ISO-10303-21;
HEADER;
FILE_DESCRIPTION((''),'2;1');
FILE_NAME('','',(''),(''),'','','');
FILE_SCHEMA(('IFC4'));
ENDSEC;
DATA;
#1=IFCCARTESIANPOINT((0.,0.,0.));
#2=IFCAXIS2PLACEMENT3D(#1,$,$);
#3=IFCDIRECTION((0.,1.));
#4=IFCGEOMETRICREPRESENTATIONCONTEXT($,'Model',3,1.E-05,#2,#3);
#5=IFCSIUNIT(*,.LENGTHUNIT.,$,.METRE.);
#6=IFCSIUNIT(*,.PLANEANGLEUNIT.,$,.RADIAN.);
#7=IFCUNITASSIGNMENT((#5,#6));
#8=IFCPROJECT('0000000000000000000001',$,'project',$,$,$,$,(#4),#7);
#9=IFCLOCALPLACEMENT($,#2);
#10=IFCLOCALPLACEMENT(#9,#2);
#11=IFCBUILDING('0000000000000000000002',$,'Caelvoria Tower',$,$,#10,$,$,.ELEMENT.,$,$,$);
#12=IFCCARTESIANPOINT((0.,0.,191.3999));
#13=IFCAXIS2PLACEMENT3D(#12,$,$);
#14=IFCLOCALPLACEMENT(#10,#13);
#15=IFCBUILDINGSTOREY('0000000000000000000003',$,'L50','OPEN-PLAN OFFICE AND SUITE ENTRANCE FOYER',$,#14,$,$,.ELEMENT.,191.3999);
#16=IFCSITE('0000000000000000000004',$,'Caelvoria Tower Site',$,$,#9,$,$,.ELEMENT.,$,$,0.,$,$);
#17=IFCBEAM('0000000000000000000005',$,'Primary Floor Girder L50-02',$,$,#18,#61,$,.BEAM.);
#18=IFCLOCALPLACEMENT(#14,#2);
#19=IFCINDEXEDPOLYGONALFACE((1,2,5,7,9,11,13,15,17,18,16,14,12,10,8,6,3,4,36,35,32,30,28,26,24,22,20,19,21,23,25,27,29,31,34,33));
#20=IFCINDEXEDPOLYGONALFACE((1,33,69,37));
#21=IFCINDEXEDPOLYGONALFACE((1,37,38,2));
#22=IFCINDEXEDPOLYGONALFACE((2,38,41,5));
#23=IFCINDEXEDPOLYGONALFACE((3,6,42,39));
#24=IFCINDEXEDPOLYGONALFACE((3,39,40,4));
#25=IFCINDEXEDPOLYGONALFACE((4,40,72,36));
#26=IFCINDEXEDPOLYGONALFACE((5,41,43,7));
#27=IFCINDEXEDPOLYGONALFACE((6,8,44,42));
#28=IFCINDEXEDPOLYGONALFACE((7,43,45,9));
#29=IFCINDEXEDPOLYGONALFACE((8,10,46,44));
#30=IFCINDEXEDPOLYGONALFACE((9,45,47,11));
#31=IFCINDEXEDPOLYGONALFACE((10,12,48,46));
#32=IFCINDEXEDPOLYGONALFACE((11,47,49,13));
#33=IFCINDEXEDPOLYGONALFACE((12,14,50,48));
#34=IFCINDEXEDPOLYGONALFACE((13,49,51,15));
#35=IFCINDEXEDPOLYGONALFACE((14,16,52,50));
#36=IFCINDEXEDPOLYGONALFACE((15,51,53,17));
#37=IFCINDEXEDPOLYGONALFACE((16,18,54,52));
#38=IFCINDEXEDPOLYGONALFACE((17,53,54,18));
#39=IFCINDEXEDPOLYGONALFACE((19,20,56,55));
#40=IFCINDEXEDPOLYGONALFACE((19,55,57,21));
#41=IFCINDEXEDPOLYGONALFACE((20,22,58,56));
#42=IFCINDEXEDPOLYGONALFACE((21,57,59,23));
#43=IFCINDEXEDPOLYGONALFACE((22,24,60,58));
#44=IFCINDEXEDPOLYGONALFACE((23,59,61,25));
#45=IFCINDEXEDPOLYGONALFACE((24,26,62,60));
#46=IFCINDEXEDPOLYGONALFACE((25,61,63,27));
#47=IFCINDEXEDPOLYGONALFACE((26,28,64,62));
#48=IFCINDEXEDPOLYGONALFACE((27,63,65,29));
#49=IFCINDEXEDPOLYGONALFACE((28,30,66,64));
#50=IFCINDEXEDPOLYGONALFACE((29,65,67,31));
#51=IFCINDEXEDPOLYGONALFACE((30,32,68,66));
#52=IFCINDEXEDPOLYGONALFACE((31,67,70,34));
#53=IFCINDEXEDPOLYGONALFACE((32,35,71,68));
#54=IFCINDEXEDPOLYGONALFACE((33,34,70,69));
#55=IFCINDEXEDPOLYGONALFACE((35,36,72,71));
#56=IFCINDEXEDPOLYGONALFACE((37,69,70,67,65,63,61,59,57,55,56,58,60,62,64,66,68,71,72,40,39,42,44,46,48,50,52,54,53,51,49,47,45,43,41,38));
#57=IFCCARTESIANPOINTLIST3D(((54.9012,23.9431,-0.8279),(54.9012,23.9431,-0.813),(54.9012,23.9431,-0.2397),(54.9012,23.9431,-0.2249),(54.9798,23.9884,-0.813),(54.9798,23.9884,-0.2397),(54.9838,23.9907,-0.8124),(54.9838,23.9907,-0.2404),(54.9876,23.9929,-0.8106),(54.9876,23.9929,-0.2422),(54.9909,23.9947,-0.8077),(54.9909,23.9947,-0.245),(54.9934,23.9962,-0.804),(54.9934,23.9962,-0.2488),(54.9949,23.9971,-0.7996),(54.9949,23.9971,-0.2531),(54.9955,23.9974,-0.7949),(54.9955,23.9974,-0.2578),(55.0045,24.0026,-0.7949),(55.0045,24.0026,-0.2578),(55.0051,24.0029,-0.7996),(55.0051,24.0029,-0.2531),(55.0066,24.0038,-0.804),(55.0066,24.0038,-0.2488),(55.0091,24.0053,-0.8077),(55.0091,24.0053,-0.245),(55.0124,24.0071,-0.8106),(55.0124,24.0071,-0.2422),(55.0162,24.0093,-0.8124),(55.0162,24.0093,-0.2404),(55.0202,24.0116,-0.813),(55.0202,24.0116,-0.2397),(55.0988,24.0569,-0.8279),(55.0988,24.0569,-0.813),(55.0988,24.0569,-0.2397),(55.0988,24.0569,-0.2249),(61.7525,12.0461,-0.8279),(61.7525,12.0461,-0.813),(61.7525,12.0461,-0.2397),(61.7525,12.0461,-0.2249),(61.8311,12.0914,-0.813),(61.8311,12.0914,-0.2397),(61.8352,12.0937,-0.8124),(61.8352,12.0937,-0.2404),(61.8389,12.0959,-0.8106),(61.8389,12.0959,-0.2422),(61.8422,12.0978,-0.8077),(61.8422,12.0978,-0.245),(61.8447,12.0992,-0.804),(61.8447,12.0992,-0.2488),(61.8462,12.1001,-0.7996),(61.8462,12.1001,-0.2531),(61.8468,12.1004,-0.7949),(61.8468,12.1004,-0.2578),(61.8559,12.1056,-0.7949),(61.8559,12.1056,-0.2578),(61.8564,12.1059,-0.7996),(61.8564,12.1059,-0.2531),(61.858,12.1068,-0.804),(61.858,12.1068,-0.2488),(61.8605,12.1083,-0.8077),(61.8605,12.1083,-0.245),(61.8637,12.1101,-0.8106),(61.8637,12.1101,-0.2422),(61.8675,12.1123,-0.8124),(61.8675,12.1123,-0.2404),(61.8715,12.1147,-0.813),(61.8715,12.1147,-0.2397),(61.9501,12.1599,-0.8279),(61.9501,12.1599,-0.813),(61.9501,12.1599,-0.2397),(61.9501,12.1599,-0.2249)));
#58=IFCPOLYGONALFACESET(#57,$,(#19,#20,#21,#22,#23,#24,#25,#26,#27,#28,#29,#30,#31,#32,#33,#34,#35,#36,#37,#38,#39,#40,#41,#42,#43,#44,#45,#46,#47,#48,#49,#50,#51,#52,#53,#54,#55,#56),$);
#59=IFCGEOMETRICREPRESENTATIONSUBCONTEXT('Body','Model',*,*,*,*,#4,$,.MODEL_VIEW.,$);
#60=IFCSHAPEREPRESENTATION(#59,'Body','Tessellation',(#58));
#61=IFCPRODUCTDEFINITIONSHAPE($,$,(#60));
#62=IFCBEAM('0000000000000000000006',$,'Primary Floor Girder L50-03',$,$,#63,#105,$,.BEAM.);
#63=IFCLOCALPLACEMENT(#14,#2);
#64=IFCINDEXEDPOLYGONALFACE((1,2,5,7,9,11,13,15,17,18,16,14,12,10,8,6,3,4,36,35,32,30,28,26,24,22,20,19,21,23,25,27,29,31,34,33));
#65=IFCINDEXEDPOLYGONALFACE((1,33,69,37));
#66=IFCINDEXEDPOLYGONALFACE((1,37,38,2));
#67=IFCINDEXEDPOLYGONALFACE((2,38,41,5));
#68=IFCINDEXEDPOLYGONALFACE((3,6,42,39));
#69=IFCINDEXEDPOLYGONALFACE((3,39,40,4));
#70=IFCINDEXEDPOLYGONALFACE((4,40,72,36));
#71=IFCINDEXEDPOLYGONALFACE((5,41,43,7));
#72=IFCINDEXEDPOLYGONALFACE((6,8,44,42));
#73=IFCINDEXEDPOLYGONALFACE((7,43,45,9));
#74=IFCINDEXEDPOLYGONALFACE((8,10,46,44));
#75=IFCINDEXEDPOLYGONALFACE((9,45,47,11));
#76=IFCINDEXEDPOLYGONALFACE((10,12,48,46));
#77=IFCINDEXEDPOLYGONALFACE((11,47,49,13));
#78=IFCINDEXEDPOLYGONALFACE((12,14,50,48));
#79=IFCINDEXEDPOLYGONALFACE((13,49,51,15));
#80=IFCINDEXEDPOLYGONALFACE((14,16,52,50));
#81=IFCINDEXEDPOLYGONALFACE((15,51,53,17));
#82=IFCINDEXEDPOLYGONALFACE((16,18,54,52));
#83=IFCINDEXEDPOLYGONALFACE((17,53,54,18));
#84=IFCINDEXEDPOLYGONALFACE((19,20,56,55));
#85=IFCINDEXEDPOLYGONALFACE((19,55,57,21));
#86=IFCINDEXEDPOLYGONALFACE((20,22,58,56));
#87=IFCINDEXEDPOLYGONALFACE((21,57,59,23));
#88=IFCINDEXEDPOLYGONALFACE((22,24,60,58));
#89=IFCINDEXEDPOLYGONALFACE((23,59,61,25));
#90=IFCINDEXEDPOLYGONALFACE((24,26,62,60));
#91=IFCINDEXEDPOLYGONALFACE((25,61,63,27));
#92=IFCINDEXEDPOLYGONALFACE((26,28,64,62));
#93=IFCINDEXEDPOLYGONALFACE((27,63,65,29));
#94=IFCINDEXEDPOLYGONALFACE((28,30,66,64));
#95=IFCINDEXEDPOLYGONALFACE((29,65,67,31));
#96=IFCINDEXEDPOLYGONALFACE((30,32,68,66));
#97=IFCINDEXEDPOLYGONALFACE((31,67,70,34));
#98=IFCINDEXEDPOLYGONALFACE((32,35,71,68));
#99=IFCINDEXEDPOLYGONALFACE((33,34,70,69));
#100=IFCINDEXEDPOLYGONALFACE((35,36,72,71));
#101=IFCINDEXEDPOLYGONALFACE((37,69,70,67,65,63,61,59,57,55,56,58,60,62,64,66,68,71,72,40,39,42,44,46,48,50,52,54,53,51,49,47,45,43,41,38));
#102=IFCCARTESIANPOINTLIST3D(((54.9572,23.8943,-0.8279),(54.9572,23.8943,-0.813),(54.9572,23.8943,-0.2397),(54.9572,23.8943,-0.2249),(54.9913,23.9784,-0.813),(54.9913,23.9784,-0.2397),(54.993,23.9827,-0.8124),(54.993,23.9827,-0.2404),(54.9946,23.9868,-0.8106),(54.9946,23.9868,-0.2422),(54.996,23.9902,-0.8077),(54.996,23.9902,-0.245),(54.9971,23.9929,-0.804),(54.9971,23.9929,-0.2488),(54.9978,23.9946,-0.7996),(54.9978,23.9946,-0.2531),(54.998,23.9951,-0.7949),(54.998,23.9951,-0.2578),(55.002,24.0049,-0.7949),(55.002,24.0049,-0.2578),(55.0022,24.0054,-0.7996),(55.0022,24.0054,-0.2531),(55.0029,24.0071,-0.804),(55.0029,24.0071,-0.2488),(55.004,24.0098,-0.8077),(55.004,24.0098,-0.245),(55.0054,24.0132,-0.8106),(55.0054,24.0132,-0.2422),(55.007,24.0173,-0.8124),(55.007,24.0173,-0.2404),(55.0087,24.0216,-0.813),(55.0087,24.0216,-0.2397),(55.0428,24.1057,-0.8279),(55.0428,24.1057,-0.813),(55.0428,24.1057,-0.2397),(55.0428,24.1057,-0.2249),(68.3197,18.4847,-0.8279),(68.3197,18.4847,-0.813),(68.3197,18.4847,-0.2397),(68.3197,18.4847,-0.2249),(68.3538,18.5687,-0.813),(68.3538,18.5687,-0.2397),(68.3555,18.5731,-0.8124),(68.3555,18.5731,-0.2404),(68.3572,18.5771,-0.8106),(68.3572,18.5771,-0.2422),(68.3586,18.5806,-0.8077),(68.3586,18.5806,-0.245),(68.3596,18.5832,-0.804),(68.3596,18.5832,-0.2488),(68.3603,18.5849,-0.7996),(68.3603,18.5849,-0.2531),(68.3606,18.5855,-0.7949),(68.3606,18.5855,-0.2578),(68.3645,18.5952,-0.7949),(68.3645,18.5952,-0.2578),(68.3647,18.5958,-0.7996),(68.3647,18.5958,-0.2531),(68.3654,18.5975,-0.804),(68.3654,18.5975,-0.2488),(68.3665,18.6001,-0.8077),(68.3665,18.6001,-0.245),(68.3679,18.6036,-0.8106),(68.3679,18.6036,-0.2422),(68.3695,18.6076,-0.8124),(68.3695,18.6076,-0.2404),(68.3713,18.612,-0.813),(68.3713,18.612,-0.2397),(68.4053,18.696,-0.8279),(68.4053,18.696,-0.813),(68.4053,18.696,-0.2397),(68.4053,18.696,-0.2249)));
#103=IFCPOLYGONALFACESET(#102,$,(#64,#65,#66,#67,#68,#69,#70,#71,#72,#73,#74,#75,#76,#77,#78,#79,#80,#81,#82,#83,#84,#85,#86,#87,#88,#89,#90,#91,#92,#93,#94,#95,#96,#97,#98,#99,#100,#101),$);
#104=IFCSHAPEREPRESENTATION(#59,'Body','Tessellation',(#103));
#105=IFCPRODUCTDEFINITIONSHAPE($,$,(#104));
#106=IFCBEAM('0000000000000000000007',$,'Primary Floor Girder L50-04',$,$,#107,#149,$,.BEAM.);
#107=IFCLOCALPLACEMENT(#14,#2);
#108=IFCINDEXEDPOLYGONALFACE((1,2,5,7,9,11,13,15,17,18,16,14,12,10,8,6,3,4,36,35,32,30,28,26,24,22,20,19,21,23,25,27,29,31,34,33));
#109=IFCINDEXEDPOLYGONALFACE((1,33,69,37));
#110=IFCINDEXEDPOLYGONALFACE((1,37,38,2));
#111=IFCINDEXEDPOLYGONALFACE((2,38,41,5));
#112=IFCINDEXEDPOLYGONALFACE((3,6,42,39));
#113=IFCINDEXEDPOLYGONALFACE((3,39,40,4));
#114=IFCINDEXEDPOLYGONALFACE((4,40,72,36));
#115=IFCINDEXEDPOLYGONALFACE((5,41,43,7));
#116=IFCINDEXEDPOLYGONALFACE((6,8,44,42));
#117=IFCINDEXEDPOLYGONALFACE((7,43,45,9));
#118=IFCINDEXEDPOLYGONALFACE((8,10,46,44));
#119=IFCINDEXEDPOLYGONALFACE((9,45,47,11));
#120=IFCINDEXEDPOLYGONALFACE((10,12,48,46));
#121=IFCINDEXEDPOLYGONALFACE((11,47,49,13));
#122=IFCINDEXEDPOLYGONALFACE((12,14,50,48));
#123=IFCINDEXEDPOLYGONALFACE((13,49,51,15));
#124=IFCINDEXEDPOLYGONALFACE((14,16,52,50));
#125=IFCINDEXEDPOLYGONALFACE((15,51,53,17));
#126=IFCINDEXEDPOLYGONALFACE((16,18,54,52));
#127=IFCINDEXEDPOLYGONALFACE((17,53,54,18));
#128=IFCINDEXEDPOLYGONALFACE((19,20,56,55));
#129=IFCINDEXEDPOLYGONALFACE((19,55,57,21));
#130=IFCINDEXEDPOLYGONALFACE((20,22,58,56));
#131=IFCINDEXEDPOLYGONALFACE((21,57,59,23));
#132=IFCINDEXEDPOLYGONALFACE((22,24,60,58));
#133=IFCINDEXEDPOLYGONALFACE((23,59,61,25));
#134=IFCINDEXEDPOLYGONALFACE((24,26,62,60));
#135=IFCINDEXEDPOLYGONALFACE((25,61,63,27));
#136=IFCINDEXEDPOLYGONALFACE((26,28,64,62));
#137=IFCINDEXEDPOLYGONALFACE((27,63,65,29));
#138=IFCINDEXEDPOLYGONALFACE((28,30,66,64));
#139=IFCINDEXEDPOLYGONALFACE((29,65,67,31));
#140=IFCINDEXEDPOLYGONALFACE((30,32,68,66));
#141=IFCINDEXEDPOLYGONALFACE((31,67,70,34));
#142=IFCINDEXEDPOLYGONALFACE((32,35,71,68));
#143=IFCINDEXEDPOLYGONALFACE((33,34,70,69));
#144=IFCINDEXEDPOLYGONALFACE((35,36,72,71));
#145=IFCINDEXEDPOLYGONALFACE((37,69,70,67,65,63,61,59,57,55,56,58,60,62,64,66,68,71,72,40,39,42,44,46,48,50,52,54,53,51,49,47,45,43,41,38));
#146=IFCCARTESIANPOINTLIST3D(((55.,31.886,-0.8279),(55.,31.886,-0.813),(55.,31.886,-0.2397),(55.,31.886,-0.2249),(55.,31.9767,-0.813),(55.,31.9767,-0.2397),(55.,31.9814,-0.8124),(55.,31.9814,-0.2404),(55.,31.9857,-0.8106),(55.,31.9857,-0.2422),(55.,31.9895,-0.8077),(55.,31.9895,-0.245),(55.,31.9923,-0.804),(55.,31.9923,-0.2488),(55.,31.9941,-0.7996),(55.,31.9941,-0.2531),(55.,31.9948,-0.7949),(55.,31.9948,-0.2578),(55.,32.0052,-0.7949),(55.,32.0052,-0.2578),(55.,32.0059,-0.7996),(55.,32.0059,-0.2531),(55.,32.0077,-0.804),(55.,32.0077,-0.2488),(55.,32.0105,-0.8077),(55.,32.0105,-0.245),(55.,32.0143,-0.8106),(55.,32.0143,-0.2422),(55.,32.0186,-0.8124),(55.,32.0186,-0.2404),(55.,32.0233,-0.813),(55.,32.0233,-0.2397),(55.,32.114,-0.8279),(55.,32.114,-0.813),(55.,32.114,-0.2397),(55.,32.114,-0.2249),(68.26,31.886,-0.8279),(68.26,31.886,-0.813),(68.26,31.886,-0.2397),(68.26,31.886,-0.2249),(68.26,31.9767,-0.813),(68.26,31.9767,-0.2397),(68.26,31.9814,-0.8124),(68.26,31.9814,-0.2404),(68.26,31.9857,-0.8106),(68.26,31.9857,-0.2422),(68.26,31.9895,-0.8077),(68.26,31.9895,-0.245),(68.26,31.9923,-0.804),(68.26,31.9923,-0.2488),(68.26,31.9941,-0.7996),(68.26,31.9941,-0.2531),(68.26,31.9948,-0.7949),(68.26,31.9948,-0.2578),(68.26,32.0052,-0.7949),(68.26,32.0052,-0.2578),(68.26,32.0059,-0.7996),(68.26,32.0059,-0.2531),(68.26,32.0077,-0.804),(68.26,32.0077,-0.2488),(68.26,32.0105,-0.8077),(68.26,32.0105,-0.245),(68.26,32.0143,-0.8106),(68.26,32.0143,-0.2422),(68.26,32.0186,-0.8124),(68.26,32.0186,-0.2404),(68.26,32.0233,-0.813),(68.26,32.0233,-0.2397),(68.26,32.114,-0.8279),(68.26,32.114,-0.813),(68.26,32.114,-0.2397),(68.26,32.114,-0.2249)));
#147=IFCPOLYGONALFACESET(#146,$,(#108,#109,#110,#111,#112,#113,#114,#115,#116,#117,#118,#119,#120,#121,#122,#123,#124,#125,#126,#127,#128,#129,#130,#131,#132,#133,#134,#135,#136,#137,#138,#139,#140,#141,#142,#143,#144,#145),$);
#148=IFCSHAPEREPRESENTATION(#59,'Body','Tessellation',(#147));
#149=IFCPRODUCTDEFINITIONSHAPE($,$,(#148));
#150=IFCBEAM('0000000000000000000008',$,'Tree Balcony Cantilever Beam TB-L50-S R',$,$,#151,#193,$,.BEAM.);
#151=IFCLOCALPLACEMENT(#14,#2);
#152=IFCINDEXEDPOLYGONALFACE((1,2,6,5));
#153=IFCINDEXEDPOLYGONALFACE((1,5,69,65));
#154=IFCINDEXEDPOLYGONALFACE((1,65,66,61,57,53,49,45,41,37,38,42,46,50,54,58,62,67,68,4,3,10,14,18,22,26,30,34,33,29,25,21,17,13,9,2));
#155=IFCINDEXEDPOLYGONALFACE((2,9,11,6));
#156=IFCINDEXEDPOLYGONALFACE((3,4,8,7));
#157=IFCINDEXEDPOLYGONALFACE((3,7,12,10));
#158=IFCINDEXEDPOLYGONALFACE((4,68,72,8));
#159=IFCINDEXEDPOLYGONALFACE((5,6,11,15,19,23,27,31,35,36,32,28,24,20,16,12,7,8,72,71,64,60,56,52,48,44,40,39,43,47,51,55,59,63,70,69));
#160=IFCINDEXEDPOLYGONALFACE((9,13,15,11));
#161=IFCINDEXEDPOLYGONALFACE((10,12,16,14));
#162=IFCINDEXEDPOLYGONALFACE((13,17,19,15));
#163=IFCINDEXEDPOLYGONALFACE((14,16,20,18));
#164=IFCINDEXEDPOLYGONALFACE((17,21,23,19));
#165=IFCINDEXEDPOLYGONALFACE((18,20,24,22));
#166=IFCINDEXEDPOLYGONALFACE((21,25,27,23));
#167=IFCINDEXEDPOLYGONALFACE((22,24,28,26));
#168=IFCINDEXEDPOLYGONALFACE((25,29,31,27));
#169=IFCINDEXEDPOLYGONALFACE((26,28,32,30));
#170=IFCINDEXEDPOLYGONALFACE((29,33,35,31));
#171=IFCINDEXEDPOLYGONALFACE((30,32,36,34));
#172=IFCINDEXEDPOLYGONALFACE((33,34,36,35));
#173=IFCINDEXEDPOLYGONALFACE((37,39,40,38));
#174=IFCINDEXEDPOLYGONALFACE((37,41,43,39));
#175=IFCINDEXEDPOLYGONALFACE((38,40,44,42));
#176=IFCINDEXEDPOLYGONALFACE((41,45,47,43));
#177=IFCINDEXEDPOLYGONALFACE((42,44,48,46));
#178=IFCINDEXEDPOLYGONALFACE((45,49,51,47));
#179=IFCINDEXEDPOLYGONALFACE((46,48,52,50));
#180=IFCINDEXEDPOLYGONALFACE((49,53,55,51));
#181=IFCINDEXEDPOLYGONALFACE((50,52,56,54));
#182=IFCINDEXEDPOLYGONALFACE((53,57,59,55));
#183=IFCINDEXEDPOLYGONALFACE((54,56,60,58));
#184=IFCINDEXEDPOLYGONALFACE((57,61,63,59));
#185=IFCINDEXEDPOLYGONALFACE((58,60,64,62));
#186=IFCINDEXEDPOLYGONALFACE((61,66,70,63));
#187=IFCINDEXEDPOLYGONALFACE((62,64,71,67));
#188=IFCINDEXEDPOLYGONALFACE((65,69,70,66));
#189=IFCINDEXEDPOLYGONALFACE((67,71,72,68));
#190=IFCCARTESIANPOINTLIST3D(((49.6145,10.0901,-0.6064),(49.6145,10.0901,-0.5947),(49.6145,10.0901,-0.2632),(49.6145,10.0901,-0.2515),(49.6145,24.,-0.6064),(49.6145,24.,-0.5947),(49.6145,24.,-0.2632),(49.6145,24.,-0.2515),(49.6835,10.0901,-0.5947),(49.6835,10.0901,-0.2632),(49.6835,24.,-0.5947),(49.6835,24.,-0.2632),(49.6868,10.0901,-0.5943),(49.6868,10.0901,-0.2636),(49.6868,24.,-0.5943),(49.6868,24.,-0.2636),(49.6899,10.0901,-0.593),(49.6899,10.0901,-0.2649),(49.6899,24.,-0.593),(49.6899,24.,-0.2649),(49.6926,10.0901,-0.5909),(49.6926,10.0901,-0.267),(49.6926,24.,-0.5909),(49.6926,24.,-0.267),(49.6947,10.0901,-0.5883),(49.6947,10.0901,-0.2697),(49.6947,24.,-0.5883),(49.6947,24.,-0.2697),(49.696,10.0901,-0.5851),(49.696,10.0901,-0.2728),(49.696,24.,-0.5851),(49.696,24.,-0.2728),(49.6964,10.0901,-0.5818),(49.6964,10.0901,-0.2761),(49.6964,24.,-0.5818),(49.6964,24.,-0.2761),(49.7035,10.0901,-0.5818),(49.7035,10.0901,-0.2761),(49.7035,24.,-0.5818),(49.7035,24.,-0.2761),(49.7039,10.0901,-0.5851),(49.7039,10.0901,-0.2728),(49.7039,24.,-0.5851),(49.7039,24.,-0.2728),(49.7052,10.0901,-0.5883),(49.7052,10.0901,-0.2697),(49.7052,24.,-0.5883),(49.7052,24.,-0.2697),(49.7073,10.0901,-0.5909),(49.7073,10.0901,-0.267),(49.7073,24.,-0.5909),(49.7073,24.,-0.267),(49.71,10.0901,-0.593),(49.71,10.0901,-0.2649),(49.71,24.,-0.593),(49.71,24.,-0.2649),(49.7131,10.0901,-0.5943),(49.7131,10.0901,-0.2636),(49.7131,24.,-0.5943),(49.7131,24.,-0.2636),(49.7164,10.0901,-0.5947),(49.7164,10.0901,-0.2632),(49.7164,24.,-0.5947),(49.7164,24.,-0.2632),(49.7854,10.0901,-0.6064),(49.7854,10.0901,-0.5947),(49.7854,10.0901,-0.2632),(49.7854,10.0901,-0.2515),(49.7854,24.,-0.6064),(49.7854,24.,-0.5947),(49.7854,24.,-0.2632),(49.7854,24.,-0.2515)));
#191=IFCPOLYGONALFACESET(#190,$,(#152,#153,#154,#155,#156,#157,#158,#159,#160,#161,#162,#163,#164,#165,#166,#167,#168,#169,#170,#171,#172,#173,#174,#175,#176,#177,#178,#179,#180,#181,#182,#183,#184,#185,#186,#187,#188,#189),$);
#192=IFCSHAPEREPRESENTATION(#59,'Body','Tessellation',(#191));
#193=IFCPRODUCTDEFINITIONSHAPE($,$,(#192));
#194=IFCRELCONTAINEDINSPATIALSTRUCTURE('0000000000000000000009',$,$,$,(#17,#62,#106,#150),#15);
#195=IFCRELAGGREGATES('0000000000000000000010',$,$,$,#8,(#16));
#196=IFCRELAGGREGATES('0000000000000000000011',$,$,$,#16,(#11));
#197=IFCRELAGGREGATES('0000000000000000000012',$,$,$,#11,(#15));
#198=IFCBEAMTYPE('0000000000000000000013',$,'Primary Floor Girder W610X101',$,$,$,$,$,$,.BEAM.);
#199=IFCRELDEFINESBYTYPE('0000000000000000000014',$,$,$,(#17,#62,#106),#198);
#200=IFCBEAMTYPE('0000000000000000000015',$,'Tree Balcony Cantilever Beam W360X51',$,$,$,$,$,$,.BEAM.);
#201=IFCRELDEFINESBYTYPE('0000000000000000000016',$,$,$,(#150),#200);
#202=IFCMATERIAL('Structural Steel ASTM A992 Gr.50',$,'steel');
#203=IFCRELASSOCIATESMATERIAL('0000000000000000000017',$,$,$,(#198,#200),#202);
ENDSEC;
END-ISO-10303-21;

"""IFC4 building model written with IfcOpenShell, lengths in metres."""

from ifc_helpers import new_model, si_unit, direction, frame, origin, origin_2d, place, context, subcontext, project, spatial, i_section, extrude, material, material_profile, profile_set, type_object, element, save


model = new_model("IFC4")

# Units and contexts
model_context = context("Model", 3, precision=1e-05, world=origin(), true_north=direction((0.0, 1.0)))
body_context = subcontext(model_context, "Body", "Model", "MODEL_VIEW")
ifc_project = project(units=[si_unit("LENGTHUNIT", "METRE"), si_unit("PLANEANGLEUNIT", "RADIAN")], contexts=[model_context])

# Site, building, storey
site_placement = place(None, origin())
site = spatial("IfcSite", under=ifc_project, at=site_placement, Name="Caelvoria Tower Site", CompositionType="ELEMENT", RefElevation=0.0)
building_placement = place(site_placement, origin())
building = spatial("IfcBuilding", under=site, at=building_placement, Name="Caelvoria Tower", CompositionType="ELEMENT")
storey_placement = place(building_placement, frame((0.0, 0.0, 191.3999)))
storey = spatial("IfcBuildingStorey", under=building, at=storey_placement, Name="L50", Description="OPEN-PLAN OFFICE AND SUITE ENTRANCE FOYER", CompositionType="ELEMENT", Elevation=191.3999)

# Beams
ifc_material_1 = material(Name="Structural Steel ASTM A992 Gr.50", Category="steel")
ifc_material_profile_1 = material_profile(ifc_material_1, i_section(OverallWidth=0.228, OverallDepth=0.603, WebThickness=0.0105, FlangeThickness=0.0149, FilletRadius=0.0181, at=origin_2d()), Name="Structural Steel ASTM A992 Gr.50")
ifc_profile_set_1 = profile_set([ifc_material_profile_1], Name="W610X101 - Structural Steel ASTM A992 Gr.50")
beam_type_1 = type_object("IfcBeamType", Name="Primary Floor Girder W610X101", PredefinedType="BEAM", material=ifc_profile_set_1)
beam_1_placement = place(storey_placement, frame((55.0, 24.0, -0.5264), z_axis=(0.499049, -0.866574, 0.0), x_axis=(0.866574, 0.499049, 0.0)))
element("IfcBeam", 1, at=beam_1_placement, inside=storey, type_object=beam_type_1, Name="Primary Floor Girder L50-02", PredefinedType="BEAM", context=body_context, shape_type="SweptSolid", body=[
    extrude(i_section(OverallWidth=0.228, OverallDepth=0.603, WebThickness=0.0105, FlangeThickness=0.0149, FilletRadius=0.0181, at=origin_2d()), origin(), (0.0, 0.0, 1.0), 13.7288),
])
beam_2_placement = place(storey_placement, frame((55.0, 24.0, -0.5264), z_axis=(0.926922, -0.375253, 0.0), x_axis=(0.375253, 0.926922, 0.0)))
element("IfcBeam", 2, at=beam_2_placement, inside=storey, type_object=beam_type_1, Name="Primary Floor Girder L50-03", PredefinedType="BEAM", context=body_context, shape_type="SweptSolid", body=[
    extrude(i_section(OverallWidth=0.228, OverallDepth=0.603, WebThickness=0.0105, FlangeThickness=0.0149, FilletRadius=0.0181, at=origin_2d()), origin(), (0.0, 0.0, 1.0), 14.416),
])
beam_3_placement = place(storey_placement, frame((55.0, 32.0, -0.5264), z_axis=(1.0, 0.0, 0.0), x_axis=(0.0, 1.0, 0.0)))
element("IfcBeam", 3, at=beam_3_placement, inside=storey, type_object=beam_type_1, Name="Primary Floor Girder L50-04", PredefinedType="BEAM", context=body_context, shape_type="SweptSolid", body=[
    extrude(i_section(OverallWidth=0.228, OverallDepth=0.603, WebThickness=0.0105, FlangeThickness=0.0149, FilletRadius=0.0181, at=origin_2d()), origin(), (0.0, 0.0, 1.0), 13.26),
])
ifc_material_profile_2 = material_profile(ifc_material_1, i_section(OverallWidth=0.1709, OverallDepth=0.355, WebThickness=0.0071, FlangeThickness=0.0117, FilletRadius=0.0129, at=origin_2d()), Name="Structural Steel ASTM A992 Gr.50")
ifc_profile_set_2 = profile_set([ifc_material_profile_2], Name="W360X51 - Structural Steel ASTM A992 Gr.50")
beam_type_2 = type_object("IfcBeamType", Name="Tree Balcony Cantilever Beam W360X51", PredefinedType="BEAM", material=ifc_profile_set_2)
beam_4_placement = place(storey_placement, frame((49.7, 24.0, -0.429), z_axis=(0.0, -1.0, 0.0), x_axis=(1.0, 0.0, 0.0)))
element("IfcBeam", 4, at=beam_4_placement, inside=storey, type_object=beam_type_2, Name="Tree Balcony Cantilever Beam TB-L50-S R", PredefinedType="BEAM", context=body_context, shape_type="SweptSolid", body=[
    extrude(i_section(OverallWidth=0.1709, OverallDepth=0.355, WebThickness=0.0071, FlangeThickness=0.0117, FilletRadius=0.0129, at=origin_2d()), origin(), (0.0, 0.0, 1.0), 13.9099),
])

save(model, "model.ifc")
